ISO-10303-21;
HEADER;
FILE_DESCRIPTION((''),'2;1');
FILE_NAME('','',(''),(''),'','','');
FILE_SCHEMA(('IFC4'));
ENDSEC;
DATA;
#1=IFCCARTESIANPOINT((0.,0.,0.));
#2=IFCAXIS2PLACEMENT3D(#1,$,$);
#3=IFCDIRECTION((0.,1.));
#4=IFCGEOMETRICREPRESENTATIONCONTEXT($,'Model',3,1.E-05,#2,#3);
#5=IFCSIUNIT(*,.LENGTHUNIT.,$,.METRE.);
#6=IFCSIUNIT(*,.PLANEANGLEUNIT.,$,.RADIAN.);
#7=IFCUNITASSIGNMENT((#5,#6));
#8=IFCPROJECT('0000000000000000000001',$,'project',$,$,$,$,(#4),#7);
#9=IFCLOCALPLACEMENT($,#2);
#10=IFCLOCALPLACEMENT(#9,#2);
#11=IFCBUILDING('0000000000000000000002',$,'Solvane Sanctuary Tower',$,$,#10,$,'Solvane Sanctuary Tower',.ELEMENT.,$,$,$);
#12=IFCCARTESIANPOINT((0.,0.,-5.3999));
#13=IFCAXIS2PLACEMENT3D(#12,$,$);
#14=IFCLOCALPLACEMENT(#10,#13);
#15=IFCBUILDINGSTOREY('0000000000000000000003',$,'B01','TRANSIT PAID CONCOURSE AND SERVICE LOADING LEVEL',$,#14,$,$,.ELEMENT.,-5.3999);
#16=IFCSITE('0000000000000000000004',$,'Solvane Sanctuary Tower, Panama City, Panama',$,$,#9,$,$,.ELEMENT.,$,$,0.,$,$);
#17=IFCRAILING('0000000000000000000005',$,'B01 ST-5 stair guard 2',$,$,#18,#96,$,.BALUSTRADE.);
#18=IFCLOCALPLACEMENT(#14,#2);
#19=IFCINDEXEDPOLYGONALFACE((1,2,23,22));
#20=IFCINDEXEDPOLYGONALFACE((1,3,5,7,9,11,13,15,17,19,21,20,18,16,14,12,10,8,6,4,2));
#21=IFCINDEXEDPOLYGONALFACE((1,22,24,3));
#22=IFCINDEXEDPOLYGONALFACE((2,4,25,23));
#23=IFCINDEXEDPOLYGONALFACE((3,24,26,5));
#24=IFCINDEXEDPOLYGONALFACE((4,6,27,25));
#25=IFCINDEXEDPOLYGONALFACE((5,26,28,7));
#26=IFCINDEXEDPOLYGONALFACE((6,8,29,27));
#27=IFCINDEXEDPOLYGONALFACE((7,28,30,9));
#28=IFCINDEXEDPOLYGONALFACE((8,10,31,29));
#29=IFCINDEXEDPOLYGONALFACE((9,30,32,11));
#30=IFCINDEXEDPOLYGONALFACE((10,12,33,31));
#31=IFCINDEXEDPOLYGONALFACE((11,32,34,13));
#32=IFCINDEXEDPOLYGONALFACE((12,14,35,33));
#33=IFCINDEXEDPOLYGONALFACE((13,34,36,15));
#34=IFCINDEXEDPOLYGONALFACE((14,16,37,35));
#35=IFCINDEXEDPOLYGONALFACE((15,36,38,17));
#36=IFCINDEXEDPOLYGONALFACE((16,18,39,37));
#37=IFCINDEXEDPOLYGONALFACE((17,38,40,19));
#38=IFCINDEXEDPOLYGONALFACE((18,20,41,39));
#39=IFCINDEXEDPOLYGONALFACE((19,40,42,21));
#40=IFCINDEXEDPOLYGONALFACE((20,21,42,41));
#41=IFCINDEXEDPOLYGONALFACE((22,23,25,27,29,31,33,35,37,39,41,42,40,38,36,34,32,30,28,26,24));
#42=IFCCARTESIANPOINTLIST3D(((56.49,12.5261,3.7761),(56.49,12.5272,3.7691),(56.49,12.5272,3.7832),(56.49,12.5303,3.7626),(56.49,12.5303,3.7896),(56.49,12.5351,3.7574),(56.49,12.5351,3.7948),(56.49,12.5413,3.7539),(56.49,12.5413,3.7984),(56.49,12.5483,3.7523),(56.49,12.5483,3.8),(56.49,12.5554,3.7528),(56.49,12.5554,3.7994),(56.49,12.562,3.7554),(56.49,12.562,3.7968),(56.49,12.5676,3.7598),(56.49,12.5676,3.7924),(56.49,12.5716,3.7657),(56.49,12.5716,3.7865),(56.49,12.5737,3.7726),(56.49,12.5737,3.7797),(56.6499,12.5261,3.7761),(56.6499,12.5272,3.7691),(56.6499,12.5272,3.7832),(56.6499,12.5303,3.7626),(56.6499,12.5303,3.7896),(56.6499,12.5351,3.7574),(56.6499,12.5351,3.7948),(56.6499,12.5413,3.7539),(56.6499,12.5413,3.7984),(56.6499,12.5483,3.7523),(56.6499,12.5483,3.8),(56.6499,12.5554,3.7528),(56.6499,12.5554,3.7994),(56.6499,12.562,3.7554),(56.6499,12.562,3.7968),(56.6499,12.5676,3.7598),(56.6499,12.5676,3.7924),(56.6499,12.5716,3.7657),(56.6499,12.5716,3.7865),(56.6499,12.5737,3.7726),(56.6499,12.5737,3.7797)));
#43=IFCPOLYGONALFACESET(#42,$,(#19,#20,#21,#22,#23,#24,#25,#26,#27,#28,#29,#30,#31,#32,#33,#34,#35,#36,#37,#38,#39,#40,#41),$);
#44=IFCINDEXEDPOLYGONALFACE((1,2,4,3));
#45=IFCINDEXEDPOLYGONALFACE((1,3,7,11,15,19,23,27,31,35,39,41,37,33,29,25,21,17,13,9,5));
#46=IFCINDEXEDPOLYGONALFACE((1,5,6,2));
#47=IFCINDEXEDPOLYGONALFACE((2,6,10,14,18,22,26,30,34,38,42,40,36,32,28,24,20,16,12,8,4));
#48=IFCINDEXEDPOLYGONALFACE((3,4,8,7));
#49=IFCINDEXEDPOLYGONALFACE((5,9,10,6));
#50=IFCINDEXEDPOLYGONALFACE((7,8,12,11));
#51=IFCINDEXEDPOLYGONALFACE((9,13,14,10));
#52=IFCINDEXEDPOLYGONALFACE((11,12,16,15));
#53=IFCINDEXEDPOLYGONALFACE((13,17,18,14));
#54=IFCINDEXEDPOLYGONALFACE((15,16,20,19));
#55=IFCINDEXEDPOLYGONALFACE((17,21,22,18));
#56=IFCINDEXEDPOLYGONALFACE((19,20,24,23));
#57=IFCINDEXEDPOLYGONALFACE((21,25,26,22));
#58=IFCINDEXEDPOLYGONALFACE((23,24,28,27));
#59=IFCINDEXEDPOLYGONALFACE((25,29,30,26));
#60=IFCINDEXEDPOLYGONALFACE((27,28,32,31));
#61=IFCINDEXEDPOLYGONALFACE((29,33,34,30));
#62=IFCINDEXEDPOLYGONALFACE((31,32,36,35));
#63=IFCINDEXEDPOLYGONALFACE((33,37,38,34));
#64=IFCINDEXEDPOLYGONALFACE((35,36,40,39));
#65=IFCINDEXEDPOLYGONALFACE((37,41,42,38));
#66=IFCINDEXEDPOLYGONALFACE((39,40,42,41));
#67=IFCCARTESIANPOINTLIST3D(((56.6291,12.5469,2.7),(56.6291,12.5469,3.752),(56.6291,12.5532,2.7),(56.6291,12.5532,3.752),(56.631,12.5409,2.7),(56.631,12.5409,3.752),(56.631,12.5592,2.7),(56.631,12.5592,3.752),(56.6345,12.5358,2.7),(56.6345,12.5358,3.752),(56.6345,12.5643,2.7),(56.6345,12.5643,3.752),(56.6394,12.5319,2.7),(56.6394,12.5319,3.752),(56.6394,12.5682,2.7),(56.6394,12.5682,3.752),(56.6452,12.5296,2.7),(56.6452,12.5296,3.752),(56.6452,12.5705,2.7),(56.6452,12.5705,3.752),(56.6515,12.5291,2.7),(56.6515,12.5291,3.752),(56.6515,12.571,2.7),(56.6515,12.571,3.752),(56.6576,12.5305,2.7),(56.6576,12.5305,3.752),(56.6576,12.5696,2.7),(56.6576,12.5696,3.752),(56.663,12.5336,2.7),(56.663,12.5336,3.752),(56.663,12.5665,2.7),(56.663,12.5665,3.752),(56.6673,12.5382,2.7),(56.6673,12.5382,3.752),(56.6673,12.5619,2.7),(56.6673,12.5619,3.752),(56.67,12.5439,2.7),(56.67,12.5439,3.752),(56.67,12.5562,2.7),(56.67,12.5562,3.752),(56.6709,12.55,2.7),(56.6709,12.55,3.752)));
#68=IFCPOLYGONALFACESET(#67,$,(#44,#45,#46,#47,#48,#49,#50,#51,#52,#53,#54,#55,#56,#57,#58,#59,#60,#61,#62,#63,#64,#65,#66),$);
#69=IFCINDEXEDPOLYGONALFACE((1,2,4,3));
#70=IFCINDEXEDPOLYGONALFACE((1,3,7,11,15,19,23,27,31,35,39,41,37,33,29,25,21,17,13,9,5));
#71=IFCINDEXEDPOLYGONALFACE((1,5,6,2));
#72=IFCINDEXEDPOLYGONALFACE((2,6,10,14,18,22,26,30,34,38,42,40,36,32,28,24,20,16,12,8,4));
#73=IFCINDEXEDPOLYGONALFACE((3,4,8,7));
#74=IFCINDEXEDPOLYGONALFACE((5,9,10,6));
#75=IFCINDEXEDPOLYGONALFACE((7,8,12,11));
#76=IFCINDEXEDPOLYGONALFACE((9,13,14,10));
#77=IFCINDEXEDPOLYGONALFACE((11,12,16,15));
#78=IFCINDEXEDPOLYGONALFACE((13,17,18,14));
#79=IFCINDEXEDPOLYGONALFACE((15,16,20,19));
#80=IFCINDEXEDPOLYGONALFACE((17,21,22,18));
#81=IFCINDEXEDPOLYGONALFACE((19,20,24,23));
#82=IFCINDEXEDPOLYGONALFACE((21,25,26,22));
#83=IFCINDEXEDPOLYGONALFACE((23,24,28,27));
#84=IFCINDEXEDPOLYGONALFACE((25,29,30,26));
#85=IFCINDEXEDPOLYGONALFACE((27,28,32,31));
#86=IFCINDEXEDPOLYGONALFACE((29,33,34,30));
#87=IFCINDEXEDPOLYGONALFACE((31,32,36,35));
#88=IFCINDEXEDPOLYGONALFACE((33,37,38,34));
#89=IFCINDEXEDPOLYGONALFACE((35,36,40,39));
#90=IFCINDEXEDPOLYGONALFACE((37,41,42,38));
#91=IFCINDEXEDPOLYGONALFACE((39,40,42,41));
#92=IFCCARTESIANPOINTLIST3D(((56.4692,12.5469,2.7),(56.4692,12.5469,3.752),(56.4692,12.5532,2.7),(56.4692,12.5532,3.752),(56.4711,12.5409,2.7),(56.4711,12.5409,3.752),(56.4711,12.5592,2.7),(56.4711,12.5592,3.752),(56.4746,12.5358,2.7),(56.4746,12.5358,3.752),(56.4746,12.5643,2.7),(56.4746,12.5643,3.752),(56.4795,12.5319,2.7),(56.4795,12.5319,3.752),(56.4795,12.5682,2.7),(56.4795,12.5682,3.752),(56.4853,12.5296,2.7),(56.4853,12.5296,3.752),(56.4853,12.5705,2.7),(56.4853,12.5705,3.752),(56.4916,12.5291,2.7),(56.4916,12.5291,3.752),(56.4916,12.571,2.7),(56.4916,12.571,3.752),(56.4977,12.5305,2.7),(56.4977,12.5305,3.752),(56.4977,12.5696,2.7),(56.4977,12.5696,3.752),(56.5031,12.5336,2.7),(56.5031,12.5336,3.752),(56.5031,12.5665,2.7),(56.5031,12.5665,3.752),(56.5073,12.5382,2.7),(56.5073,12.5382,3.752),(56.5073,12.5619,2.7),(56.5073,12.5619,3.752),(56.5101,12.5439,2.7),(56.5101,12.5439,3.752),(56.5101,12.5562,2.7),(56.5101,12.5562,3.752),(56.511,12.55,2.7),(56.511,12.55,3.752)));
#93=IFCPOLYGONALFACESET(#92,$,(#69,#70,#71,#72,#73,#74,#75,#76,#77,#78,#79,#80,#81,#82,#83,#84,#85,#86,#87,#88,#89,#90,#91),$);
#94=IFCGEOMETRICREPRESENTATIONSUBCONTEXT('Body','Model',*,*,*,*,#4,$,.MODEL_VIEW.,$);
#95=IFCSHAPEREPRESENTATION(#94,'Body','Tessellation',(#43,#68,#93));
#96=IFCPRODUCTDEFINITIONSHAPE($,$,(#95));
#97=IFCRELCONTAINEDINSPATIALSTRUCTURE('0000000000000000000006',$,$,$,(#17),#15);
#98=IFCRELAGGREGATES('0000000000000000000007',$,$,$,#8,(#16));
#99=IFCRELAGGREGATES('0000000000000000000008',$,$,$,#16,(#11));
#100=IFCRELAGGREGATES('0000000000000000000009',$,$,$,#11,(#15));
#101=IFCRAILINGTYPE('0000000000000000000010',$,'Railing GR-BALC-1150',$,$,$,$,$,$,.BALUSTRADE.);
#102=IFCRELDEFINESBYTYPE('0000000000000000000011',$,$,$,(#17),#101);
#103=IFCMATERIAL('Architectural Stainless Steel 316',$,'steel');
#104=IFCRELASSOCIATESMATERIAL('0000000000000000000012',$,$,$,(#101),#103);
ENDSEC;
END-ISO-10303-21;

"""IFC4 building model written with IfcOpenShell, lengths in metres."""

from ifc_helpers import new_model, si_unit, direction, frame, origin, origin_2d, place, context, subcontext, project, spatial, circle, extrude, material, type_object, element, save


model = new_model("IFC4")

# Units and contexts
model_context = context("Model", 3, precision=1e-05, world=origin(), true_north=direction((0.0, 1.0)))
body_context = subcontext(model_context, "Body", "Model", "MODEL_VIEW")
ifc_project = project(units=[si_unit("LENGTHUNIT", "METRE"), si_unit("PLANEANGLEUNIT", "RADIAN")], contexts=[model_context])

# Site, building, storey
site_placement = place(None, origin())
site = spatial("IfcSite", under=ifc_project, at=site_placement, Name="Solvane Sanctuary Tower, Panama City, Panama", CompositionType="ELEMENT", RefElevation=0.0)
building_placement = place(site_placement, origin())
building = spatial("IfcBuilding", under=site, at=building_placement, Name="Solvane Sanctuary Tower", LongName="Solvane Sanctuary Tower", CompositionType="ELEMENT")
storey_placement = place(building_placement, frame((0.0, 0.0, -5.3999)))
storey = spatial("IfcBuildingStorey", under=building, at=storey_placement, Name="B01", Description="TRANSIT PAID CONCOURSE AND SERVICE LOADING LEVEL", CompositionType="ELEMENT", Elevation=-5.3999)

# Shared definitions
ifc_material_1 = material(Name="Architectural Stainless Steel 316", Category="steel")

# Railing
railing_type_1 = type_object("IfcRailingType", Name="Railing GR-BALC-1150", PredefinedType="BALUSTRADE", material=ifc_material_1)
railing_1_placement = place(storey_placement, frame((56.6499, 12.55, 2.7)))
element("IfcRailing", 1, at=railing_1_placement, inside=storey, type_object=railing_type_1, Name="B01 ST-5 stair guard 2", PredefinedType="BALUSTRADE", context=body_context, shape_type="SweptSolid", body=[
    extrude(circle(Radius=0.0239, at=origin_2d()), frame((0.0, 0.0, 1.0762), z_axis=(-1.0, 0.0, 0.0), x_axis=(0.0, -1.0, 0.0)), (0.0, 0.0, 1.0), 0.1599),
    extrude(circle(Radius=0.021, at=origin_2d()), origin(), (0.0, 0.0, 1.0), 1.052),
    extrude(circle(Radius=0.021, at=origin_2d()), frame((-0.1599, 0.0, 0.0)), (0.0, 0.0, 1.0), 1.052),
])

save(model, "model.ifc")
